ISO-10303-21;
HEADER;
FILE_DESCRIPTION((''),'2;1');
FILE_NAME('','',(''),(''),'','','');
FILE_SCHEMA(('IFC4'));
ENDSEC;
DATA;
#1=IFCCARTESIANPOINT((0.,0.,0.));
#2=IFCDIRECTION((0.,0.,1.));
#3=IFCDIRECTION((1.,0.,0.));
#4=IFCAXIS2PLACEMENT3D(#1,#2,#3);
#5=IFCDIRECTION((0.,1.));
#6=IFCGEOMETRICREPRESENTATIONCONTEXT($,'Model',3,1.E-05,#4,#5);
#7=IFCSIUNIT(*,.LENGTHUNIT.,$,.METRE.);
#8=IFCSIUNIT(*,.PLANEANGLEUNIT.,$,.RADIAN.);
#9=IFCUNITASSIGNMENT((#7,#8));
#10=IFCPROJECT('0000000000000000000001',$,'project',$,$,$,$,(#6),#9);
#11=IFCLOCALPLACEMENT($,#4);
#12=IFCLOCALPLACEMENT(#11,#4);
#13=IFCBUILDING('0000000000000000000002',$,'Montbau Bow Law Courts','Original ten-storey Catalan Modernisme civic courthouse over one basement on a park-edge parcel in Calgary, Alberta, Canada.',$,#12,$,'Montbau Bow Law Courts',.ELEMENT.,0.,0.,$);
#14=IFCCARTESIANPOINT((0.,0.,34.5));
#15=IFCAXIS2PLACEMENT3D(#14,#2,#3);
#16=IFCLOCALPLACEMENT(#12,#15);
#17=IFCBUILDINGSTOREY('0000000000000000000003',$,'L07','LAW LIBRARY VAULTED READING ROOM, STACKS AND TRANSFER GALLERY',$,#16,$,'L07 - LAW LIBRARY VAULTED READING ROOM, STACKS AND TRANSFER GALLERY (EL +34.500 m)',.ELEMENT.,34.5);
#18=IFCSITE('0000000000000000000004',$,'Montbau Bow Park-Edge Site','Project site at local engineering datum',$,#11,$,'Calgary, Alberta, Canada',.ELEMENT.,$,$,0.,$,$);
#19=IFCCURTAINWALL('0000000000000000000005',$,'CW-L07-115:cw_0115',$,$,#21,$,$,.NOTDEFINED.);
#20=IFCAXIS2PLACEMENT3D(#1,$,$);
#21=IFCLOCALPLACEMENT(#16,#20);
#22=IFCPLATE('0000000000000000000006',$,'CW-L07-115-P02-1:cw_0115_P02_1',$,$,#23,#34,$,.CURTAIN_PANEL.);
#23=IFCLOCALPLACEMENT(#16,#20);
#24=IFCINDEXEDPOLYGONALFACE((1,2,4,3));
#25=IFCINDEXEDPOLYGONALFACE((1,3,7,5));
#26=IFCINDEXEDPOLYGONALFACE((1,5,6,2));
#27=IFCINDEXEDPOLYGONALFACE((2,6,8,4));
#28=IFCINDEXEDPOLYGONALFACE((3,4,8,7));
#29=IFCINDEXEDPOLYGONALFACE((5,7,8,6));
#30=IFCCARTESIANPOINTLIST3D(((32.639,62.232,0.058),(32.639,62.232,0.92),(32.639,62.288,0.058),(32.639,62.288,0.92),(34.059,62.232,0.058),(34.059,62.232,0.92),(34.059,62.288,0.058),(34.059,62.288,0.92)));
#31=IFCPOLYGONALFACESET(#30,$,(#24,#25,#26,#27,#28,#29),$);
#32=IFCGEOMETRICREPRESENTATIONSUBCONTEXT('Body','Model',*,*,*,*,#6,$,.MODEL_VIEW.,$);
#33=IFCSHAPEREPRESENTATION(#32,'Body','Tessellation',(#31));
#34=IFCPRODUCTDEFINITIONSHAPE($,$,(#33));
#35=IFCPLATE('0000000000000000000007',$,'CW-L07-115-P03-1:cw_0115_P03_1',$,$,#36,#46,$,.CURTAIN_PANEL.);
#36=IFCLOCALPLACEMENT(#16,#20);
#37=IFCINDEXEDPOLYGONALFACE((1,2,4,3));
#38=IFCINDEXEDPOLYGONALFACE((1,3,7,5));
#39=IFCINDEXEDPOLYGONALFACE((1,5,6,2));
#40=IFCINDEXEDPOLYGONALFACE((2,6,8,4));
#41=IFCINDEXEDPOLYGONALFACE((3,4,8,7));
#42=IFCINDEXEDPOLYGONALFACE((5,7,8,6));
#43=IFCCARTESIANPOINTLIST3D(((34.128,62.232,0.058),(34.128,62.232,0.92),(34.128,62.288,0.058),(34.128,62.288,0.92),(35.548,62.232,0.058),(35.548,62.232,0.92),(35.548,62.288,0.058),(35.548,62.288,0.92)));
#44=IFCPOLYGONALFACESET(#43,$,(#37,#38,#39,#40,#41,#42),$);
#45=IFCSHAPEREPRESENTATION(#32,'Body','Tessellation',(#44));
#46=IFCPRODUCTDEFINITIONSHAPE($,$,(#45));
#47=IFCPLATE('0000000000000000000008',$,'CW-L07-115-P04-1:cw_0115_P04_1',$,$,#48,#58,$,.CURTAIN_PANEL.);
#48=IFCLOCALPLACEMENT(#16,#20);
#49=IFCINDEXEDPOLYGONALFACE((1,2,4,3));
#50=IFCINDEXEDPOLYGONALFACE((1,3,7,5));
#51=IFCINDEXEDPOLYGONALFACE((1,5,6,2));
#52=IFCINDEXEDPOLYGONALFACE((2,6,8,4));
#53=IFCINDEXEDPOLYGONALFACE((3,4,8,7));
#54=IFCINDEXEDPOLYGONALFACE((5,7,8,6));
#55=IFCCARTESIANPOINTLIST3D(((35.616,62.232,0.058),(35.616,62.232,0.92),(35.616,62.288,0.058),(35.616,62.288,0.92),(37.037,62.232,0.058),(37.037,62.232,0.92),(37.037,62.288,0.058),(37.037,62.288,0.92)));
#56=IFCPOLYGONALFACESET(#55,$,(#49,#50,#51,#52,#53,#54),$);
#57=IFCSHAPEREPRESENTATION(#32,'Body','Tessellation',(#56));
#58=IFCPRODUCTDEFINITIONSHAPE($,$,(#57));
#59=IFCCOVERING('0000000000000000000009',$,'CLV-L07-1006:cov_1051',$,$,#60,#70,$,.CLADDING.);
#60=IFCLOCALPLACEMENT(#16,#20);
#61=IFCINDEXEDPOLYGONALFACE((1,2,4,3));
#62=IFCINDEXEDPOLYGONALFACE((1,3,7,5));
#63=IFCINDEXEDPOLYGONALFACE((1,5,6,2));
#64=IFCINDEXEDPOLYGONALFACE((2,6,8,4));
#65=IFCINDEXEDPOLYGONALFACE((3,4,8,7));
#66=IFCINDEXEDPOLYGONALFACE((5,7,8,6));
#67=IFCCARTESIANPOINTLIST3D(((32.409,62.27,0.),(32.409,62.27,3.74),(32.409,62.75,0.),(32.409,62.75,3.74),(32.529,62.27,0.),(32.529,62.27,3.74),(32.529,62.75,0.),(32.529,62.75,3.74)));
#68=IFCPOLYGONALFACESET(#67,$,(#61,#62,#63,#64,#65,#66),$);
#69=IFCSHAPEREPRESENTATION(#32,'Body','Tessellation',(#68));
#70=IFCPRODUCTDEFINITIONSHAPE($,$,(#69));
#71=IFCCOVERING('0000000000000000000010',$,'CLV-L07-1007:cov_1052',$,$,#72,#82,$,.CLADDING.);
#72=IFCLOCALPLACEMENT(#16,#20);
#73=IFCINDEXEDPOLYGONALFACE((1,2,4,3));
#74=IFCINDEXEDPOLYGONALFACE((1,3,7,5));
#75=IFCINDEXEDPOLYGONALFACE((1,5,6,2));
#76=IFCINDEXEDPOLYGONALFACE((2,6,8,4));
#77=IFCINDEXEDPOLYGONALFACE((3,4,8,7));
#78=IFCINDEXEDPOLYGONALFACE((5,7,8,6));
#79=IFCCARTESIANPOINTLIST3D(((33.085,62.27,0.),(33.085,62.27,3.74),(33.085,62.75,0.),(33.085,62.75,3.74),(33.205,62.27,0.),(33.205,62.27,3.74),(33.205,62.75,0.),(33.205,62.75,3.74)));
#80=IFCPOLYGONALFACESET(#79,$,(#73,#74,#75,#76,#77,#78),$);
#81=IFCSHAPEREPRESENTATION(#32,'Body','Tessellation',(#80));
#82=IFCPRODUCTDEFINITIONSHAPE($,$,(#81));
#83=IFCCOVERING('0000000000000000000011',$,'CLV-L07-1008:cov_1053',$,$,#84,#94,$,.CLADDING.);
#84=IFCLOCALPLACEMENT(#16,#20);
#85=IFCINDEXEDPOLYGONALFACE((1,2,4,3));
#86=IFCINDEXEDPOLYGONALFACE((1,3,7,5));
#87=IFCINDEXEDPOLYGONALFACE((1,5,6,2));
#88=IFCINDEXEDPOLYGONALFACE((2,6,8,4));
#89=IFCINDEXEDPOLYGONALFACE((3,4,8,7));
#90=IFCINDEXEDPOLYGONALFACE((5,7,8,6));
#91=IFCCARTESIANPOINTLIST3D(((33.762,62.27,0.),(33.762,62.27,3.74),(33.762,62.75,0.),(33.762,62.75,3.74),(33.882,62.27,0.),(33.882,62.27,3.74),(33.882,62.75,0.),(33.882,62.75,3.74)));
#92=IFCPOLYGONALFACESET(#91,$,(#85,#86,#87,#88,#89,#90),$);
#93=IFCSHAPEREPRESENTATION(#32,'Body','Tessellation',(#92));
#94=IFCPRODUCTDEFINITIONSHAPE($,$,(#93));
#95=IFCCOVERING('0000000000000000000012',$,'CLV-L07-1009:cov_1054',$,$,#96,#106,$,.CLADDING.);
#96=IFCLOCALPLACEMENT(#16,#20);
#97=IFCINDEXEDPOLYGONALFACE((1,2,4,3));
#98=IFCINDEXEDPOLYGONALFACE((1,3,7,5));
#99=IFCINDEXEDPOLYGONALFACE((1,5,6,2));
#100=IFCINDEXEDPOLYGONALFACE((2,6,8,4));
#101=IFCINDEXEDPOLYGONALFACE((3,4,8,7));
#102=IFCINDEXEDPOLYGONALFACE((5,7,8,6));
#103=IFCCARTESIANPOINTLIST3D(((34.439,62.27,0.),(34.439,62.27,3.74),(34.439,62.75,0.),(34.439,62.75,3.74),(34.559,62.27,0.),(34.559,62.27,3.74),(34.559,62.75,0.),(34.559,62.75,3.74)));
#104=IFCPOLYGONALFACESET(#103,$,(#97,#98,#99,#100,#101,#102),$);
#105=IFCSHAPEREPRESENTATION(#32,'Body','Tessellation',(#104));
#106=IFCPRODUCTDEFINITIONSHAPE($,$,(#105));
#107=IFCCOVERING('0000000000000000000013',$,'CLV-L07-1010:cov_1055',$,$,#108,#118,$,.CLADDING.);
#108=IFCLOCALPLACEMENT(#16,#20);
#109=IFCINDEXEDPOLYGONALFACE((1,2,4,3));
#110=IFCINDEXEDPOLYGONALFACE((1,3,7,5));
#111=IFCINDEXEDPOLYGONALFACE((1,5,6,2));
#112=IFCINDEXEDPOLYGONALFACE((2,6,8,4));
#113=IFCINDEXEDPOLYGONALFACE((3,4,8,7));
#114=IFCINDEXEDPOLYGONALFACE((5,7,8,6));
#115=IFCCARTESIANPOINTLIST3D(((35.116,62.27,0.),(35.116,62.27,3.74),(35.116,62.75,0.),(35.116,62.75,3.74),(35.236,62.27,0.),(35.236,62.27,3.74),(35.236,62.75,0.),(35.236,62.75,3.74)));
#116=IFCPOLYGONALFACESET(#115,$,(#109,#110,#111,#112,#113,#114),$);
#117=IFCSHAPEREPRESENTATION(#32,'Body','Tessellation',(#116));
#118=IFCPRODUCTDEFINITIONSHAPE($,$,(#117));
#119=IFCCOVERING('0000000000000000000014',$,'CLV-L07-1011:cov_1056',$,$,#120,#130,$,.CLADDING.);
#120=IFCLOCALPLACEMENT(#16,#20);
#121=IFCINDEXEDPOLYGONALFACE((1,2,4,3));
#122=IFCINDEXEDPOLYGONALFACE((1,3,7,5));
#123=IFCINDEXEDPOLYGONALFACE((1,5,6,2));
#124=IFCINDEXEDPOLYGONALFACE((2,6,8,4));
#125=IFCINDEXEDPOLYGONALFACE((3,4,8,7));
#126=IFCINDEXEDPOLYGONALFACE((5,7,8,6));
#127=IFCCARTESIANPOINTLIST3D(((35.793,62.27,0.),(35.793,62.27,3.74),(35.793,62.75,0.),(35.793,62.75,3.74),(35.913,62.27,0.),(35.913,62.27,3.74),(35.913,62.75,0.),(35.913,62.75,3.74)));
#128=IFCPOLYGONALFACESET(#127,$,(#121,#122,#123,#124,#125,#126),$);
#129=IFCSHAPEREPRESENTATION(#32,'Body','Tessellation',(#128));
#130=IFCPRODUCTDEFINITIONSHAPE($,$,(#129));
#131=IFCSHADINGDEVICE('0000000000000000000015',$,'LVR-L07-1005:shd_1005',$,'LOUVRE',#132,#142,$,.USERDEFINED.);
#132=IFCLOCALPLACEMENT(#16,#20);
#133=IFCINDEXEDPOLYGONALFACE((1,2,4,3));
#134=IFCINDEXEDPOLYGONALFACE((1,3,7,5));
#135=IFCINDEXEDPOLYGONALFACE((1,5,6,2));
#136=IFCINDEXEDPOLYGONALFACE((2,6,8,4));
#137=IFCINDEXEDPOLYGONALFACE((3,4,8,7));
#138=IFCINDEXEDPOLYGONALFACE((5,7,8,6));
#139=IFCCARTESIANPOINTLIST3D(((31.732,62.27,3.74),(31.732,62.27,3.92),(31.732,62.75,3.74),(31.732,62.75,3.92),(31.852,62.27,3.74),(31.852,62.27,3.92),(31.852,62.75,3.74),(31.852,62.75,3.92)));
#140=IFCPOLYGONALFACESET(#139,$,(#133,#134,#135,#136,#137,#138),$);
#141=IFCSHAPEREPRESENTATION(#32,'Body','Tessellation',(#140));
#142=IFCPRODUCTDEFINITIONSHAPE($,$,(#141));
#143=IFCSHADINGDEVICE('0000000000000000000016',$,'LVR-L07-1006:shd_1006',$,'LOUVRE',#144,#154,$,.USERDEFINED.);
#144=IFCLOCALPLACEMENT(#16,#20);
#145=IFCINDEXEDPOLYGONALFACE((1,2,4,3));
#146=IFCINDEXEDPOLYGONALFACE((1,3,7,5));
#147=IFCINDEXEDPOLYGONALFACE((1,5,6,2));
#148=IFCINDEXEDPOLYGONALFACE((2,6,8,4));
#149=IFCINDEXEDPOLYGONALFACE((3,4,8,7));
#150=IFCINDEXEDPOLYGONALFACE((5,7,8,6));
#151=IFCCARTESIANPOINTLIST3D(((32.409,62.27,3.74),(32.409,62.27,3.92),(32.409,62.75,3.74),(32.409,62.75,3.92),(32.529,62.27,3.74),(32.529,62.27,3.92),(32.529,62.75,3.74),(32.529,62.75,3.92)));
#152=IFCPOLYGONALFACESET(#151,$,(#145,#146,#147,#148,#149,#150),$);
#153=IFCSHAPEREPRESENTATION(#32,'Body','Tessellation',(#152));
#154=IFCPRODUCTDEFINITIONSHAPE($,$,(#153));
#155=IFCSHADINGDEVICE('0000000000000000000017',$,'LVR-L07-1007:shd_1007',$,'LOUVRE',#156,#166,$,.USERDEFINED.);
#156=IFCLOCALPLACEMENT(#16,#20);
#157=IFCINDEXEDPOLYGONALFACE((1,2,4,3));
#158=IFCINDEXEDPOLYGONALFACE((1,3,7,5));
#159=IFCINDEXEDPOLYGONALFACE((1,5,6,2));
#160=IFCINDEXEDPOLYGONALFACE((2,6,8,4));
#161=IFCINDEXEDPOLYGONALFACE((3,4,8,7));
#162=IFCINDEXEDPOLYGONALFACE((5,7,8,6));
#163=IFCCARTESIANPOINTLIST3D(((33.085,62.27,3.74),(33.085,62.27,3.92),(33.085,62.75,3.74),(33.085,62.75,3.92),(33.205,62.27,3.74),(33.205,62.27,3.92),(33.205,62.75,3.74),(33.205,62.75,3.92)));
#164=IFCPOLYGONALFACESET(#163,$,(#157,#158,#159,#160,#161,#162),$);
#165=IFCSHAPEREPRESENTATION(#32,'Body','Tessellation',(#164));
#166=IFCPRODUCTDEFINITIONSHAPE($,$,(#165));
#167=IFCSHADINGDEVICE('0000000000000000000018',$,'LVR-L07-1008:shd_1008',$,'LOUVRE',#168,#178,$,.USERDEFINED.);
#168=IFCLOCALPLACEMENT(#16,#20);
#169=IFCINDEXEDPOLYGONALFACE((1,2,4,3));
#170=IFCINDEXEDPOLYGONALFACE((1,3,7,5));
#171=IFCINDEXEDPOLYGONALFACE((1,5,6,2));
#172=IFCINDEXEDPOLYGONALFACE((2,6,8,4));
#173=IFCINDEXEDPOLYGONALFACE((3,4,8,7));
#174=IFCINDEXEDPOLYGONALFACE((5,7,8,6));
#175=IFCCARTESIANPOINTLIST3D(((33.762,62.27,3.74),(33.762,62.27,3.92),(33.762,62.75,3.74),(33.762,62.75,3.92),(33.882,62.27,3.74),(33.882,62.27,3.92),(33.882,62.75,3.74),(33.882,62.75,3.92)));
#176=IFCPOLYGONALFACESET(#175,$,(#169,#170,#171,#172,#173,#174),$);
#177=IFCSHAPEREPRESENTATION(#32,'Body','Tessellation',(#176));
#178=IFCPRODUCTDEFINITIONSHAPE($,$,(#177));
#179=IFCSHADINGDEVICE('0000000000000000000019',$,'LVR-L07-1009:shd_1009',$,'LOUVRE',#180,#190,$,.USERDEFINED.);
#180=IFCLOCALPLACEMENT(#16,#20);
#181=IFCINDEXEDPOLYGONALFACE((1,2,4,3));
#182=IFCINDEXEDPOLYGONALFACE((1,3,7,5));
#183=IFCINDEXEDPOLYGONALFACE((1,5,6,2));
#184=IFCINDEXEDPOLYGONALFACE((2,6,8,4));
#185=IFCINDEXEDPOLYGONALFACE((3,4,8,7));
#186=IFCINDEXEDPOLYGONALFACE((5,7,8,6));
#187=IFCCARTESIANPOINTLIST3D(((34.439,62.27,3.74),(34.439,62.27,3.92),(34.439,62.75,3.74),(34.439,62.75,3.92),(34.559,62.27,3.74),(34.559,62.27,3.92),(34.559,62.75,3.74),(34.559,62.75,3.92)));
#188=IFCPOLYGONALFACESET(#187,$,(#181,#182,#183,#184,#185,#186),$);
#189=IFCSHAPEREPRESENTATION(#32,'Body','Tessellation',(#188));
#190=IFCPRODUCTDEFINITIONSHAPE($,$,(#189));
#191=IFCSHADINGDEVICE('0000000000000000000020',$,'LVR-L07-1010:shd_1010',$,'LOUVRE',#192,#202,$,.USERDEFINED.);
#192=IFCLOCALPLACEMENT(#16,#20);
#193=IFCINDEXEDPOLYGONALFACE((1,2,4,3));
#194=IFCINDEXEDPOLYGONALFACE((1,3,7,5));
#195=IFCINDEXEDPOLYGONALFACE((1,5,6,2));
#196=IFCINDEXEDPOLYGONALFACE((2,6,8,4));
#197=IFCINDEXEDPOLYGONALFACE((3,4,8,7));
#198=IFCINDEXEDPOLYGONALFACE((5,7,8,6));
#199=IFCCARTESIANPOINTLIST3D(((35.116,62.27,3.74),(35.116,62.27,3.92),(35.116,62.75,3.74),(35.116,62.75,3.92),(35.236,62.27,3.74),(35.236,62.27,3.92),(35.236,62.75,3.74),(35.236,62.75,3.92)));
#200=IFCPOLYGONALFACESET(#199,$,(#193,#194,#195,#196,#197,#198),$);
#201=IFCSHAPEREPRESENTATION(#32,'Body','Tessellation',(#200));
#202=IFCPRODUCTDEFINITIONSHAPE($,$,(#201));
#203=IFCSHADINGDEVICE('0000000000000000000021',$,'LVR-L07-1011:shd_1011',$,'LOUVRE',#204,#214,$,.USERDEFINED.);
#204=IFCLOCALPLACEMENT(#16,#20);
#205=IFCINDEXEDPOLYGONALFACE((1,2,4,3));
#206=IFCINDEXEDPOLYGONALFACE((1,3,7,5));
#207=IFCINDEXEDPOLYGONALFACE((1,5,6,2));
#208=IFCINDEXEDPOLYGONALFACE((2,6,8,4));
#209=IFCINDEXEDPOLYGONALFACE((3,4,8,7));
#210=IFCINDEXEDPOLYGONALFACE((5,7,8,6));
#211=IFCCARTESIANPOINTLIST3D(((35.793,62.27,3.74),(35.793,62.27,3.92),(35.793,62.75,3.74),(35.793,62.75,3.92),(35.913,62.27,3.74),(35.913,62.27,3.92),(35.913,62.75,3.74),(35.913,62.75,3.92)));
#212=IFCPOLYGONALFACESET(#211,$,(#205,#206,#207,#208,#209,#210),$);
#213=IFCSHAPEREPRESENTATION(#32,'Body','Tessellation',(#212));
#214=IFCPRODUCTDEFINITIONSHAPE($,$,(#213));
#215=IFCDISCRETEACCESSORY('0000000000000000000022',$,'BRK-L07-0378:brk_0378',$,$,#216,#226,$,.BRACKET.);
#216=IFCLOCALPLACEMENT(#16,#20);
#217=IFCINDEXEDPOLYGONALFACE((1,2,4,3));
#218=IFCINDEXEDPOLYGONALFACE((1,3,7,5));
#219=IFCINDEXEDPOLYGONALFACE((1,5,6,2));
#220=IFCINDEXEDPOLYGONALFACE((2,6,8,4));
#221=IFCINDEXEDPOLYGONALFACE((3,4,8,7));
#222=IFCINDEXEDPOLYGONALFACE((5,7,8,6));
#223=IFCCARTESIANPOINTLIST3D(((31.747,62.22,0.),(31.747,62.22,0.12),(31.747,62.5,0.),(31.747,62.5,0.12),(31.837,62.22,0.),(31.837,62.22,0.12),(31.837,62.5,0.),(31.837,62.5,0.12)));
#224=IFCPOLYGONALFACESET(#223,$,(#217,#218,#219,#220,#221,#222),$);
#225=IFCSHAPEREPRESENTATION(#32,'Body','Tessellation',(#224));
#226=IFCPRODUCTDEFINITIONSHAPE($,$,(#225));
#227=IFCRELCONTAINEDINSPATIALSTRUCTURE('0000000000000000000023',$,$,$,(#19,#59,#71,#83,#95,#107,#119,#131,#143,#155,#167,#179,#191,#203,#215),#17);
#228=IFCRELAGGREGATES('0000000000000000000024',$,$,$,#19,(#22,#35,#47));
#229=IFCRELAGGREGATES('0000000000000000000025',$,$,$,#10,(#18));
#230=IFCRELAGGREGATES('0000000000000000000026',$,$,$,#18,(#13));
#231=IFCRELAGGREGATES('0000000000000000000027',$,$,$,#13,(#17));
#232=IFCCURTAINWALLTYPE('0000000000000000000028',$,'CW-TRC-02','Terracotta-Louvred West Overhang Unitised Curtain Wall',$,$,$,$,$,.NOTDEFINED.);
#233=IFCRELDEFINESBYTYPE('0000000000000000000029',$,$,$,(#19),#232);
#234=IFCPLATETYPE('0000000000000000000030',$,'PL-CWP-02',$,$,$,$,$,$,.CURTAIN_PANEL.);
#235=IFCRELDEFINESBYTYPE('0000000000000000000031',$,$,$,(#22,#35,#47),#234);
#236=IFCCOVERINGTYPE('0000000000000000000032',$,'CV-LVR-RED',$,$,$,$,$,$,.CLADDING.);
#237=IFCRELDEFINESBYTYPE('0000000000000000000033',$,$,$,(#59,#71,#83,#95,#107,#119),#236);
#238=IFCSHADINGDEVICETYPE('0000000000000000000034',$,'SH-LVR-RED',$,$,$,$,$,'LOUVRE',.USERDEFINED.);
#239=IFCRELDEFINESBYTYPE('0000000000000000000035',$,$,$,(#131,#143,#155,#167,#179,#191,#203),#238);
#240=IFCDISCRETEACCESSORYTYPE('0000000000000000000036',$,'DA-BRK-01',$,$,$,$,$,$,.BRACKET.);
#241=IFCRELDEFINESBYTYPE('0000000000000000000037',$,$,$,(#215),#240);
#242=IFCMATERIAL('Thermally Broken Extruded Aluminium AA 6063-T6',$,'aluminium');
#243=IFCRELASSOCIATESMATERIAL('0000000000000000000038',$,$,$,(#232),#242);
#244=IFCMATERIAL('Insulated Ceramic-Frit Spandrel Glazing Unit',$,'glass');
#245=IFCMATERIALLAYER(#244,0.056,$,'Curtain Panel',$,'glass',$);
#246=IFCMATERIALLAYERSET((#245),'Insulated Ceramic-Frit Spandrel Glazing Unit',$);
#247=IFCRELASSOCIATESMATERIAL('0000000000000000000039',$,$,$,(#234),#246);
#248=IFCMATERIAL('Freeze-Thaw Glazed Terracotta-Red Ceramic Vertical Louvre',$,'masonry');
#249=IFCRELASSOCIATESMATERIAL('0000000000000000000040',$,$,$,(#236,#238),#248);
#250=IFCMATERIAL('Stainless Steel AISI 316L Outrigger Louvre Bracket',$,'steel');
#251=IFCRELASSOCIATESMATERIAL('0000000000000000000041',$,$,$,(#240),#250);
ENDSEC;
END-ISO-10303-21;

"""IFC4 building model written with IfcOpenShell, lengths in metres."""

from ifc_helpers import new_model, si_unit, direction, frame, frame_2d, origin_with_axes, origin_2d_with_axis, place, context, subcontext, project, spatial, rectangle, extrude, material, layer, layer_set, type_object, element, aggregate, save


model = new_model("IFC4")

# Units and contexts
model_context = context("Model", 3, precision=1e-05, world=origin_with_axes(), true_north=direction((0.0, 1.0)))
body_context = subcontext(model_context, "Body", "Model", "MODEL_VIEW")
ifc_project = project(units=[si_unit("LENGTHUNIT", "METRE"), si_unit("PLANEANGLEUNIT", "RADIAN")], contexts=[model_context])

# Site, building, storey
site_placement = place(None, origin_with_axes())
site = spatial("IfcSite", under=ifc_project, at=site_placement, Name="Montbau Bow Park-Edge Site", Description="Project site at local engineering datum", LongName="Calgary, Alberta, Canada", CompositionType="ELEMENT", RefElevation=0.0)
building_placement = place(site_placement, origin_with_axes())
building = spatial("IfcBuilding", under=site, at=building_placement, Name="Montbau Bow Law Courts", Description="Original ten-storey Catalan Modernisme civic courthouse over one basement on a park-edge parcel in Calgary, Alberta, Canada.", LongName="Montbau Bow Law Courts", CompositionType="ELEMENT", ElevationOfRefHeight=0.0, ElevationOfTerrain=0.0)
storey_placement = place(building_placement, frame((0.0, 0.0, 34.5), z_axis=(0.0, 0.0, 1.0), x_axis=(1.0, 0.0, 0.0)))
storey = spatial("IfcBuildingStorey", under=building, at=storey_placement, Name="L07", Description="LAW LIBRARY VAULTED READING ROOM, STACKS AND TRANSFER GALLERY", LongName="L07 - LAW LIBRARY VAULTED READING ROOM, STACKS AND TRANSFER GALLERY (EL +34.500 m)", CompositionType="ELEMENT", Elevation=34.5)

# Curtain wall, plates
ifc_material_1 = material(Name="Thermally Broken Extruded Aluminium AA 6063-T6", Category="aluminium")
curtain_wall_type = type_object("IfcCurtainWallType", Name="CW-TRC-02", Description="Terracotta-Louvred West Overhang Unitised Curtain Wall", PredefinedType="NOTDEFINED", material=ifc_material_1)
curtain_wall_placement = place(None, frame((31.115, 62.26, 34.5), z_axis=(0.0, 0.0, 1.0), x_axis=(1.0, 0.0, 0.0)))
curtain_wall = element("IfcCurtainWall", 1, at=curtain_wall_placement, inside=storey, type_object=curtain_wall_type, Name="CW-L07-115:cw_0115", PredefinedType="NOTDEFINED")
ifc_material_2 = material(Name="Insulated Ceramic-Frit Spandrel Glazing Unit", Category="glass")
ifc_layer_1 = layer(ifc_material_2, 0.056, Name="Curtain Panel", Category="glass")
ifc_layer_set_1 = layer_set([ifc_layer_1], Name="Insulated Ceramic-Frit Spandrel Glazing Unit")
plate_type_1 = type_object("IfcPlateType", Name="PL-CWP-02", PredefinedType="CURTAIN_PANEL", material=ifc_layer_set_1)
plate_1_placement = place(None, frame((32.639, 62.26, 34.558), z_axis=(0.0, -1.0, 0.0), x_axis=(1.0, 0.0, 0.0)))
plate_1 = element("IfcPlate", 2, at=plate_1_placement, type_object=plate_type_1, Name="CW-L07-115-P02-1:cw_0115_P02_1", PredefinedType="CURTAIN_PANEL", context=body_context, shape_type="SweptSolid", body=[
    extrude(rectangle(XDim=1.42, YDim=0.862, at=frame_2d((0.71, 0.431), x_axis=(1.0, 0.0))), frame((0.0, 0.0, -0.028), z_axis=(0.0, 0.0, 1.0), x_axis=(1.0, 0.0, 0.0)), (0.0, 0.0, 1.0), 0.056),
])
plate_2_placement = place(None, frame((34.128, 62.26, 34.558), z_axis=(0.0, -1.0, 0.0), x_axis=(1.0, 0.0, 0.0)))
plate_2 = element("IfcPlate", 3, at=plate_2_placement, type_object=plate_type_1, Name="CW-L07-115-P03-1:cw_0115_P03_1", PredefinedType="CURTAIN_PANEL", context=body_context, shape_type="SweptSolid", body=[
    extrude(rectangle(XDim=1.42, YDim=0.862, at=frame_2d((0.71, 0.431), x_axis=(1.0, 0.0))), frame((0.0, 0.0, -0.028), z_axis=(0.0, 0.0, 1.0), x_axis=(1.0, 0.0, 0.0)), (0.0, 0.0, 1.0), 0.056),
])
plate_3_placement = place(None, frame((35.616, 62.26, 34.558), z_axis=(0.0, -1.0, 0.0), x_axis=(1.0, 0.0, 0.0)))
plate_3 = element("IfcPlate", 4, at=plate_3_placement, type_object=plate_type_1, Name="CW-L07-115-P04-1:cw_0115_P04_1", PredefinedType="CURTAIN_PANEL", context=body_context, shape_type="SweptSolid", body=[
    extrude(rectangle(XDim=1.421, YDim=0.862, at=frame_2d((0.7105, 0.431), x_axis=(1.0, 0.0))), frame((0.0, 0.0, -0.028), z_axis=(0.0, 0.0, 1.0), x_axis=(1.0, 0.0, 0.0)), (0.0, 0.0, 1.0), 0.056),
])
aggregate(curtain_wall, [plate_1, plate_2, plate_3])

# Coverings
ifc_material_3 = material(Name="Freeze-Thaw Glazed Terracotta-Red Ceramic Vertical Louvre", Category="masonry")
covering_type = type_object("IfcCoveringType", Name="CV-LVR-RED", PredefinedType="CLADDING", material=ifc_material_3)
for number, where, z_axis, x_axis, name in (
    (5, (32.469, 62.27, 34.5), (1.0, 0.0, 0.0), (0.0, 1.0, 0.0), "CLV-L07-1006:cov_1051"),
    (6, (33.145, 62.27, 34.5), (1.0, 0.0, 0.0), (0.0, 1.0, 0.0), "CLV-L07-1007:cov_1052"),
    (7, (33.822, 62.27, 34.5), (1.0, 0.0, 0.0), (0.0, 1.0, 0.0), "CLV-L07-1008:cov_1053"),
    (8, (34.499, 62.27, 34.5), (1.0, 0.0, 0.0), (0.0, 1.0, 0.0), "CLV-L07-1009:cov_1054"),
    (9, (35.176, 62.27, 34.5), (1.0, 0.0, 0.0), (0.0, 1.0, 0.0), "CLV-L07-1010:cov_1055"),
    (10, (35.853, 62.27, 34.5), (1.0, 0.0, 0.0), (0.0, 1.0, 0.0), "CLV-L07-1011:cov_1056"),
):
    element("IfcCovering", number, at=place(None, frame(where, z_axis=z_axis, x_axis=x_axis)), inside=storey, type_object=covering_type, Name=name, PredefinedType="CLADDING", context=body_context, shape_type="SweptSolid", body=[
        extrude(rectangle(XDim=0.48, YDim=3.74, at=frame_2d((0.24, 1.87), x_axis=(1.0, 0.0))), frame((0.0, 0.0, -0.06), z_axis=(0.0, 0.0, 1.0), x_axis=(1.0, 0.0, 0.0)), (0.0, 0.0, 1.0), 0.12),
    ])

# Shading devices
shading_device_type = type_object("IfcShadingDeviceType", Name="SH-LVR-RED", ElementType="LOUVRE", PredefinedType="USERDEFINED", material=ifc_material_3)
for number, where, z_axis, x_axis, name in (
    (11, (31.792, 62.51, 38.24), (0.0, 0.0, 1.0), (0.0, 1.0, 0.0), "LVR-L07-1005:shd_1005"),
    (12, (32.469, 62.51, 38.24), (0.0, 0.0, 1.0), (0.0, 1.0, 0.0), "LVR-L07-1006:shd_1006"),
    (13, (33.145, 62.51, 38.24), (0.0, 0.0, 1.0), (0.0, 1.0, 0.0), "LVR-L07-1007:shd_1007"),
    (14, (33.822, 62.51, 38.24), (0.0, 0.0, 1.0), (0.0, 1.0, 0.0), "LVR-L07-1008:shd_1008"),
    (15, (34.499, 62.51, 38.24), (0.0, 0.0, 1.0), (0.0, 1.0, 0.0), "LVR-L07-1009:shd_1009"),
    (16, (35.176, 62.51, 38.24), (0.0, 0.0, 1.0), (0.0, 1.0, 0.0), "LVR-L07-1010:shd_1010"),
    (17, (35.853, 62.51, 38.24), (0.0, 0.0, 1.0), (0.0, 1.0, 0.0), "LVR-L07-1011:shd_1011"),
):
    element("IfcShadingDevice", number, at=place(None, frame(where, z_axis=z_axis, x_axis=x_axis)), inside=storey, type_object=shading_device_type, Name=name, ObjectType="LOUVRE", PredefinedType="USERDEFINED", context=body_context, shape_type="SweptSolid", body=[
        extrude(rectangle(XDim=0.48, YDim=0.12, at=origin_2d_with_axis()), origin_with_axes(), (0.0, 0.0, 1.0), 0.18),
    ])

# Discrete accessory
ifc_material_4 = material(Name="Stainless Steel AISI 316L Outrigger Louvre Bracket", Category="steel")
discrete_accessory_type = type_object("IfcDiscreteAccessoryType", Name="DA-BRK-01", PredefinedType="BRACKET", material=ifc_material_4)
for number, where, z_axis, x_axis, name in (
    (18, (31.792, 62.36, 34.5), (0.0, 0.0, 1.0), (0.0, 1.0, 0.0), "BRK-L07-0378:brk_0378"),
):
    element("IfcDiscreteAccessory", number, at=place(None, frame(where, z_axis=z_axis, x_axis=x_axis)), inside=storey, type_object=discrete_accessory_type, Name=name, PredefinedType="BRACKET", context=body_context, shape_type="SweptSolid", body=[
        extrude(rectangle(XDim=0.28, YDim=0.09, at=origin_2d_with_axis()), origin_with_axes(), (0.0, 0.0, 1.0), 0.12),
    ])

save(model, "model.ifc")
